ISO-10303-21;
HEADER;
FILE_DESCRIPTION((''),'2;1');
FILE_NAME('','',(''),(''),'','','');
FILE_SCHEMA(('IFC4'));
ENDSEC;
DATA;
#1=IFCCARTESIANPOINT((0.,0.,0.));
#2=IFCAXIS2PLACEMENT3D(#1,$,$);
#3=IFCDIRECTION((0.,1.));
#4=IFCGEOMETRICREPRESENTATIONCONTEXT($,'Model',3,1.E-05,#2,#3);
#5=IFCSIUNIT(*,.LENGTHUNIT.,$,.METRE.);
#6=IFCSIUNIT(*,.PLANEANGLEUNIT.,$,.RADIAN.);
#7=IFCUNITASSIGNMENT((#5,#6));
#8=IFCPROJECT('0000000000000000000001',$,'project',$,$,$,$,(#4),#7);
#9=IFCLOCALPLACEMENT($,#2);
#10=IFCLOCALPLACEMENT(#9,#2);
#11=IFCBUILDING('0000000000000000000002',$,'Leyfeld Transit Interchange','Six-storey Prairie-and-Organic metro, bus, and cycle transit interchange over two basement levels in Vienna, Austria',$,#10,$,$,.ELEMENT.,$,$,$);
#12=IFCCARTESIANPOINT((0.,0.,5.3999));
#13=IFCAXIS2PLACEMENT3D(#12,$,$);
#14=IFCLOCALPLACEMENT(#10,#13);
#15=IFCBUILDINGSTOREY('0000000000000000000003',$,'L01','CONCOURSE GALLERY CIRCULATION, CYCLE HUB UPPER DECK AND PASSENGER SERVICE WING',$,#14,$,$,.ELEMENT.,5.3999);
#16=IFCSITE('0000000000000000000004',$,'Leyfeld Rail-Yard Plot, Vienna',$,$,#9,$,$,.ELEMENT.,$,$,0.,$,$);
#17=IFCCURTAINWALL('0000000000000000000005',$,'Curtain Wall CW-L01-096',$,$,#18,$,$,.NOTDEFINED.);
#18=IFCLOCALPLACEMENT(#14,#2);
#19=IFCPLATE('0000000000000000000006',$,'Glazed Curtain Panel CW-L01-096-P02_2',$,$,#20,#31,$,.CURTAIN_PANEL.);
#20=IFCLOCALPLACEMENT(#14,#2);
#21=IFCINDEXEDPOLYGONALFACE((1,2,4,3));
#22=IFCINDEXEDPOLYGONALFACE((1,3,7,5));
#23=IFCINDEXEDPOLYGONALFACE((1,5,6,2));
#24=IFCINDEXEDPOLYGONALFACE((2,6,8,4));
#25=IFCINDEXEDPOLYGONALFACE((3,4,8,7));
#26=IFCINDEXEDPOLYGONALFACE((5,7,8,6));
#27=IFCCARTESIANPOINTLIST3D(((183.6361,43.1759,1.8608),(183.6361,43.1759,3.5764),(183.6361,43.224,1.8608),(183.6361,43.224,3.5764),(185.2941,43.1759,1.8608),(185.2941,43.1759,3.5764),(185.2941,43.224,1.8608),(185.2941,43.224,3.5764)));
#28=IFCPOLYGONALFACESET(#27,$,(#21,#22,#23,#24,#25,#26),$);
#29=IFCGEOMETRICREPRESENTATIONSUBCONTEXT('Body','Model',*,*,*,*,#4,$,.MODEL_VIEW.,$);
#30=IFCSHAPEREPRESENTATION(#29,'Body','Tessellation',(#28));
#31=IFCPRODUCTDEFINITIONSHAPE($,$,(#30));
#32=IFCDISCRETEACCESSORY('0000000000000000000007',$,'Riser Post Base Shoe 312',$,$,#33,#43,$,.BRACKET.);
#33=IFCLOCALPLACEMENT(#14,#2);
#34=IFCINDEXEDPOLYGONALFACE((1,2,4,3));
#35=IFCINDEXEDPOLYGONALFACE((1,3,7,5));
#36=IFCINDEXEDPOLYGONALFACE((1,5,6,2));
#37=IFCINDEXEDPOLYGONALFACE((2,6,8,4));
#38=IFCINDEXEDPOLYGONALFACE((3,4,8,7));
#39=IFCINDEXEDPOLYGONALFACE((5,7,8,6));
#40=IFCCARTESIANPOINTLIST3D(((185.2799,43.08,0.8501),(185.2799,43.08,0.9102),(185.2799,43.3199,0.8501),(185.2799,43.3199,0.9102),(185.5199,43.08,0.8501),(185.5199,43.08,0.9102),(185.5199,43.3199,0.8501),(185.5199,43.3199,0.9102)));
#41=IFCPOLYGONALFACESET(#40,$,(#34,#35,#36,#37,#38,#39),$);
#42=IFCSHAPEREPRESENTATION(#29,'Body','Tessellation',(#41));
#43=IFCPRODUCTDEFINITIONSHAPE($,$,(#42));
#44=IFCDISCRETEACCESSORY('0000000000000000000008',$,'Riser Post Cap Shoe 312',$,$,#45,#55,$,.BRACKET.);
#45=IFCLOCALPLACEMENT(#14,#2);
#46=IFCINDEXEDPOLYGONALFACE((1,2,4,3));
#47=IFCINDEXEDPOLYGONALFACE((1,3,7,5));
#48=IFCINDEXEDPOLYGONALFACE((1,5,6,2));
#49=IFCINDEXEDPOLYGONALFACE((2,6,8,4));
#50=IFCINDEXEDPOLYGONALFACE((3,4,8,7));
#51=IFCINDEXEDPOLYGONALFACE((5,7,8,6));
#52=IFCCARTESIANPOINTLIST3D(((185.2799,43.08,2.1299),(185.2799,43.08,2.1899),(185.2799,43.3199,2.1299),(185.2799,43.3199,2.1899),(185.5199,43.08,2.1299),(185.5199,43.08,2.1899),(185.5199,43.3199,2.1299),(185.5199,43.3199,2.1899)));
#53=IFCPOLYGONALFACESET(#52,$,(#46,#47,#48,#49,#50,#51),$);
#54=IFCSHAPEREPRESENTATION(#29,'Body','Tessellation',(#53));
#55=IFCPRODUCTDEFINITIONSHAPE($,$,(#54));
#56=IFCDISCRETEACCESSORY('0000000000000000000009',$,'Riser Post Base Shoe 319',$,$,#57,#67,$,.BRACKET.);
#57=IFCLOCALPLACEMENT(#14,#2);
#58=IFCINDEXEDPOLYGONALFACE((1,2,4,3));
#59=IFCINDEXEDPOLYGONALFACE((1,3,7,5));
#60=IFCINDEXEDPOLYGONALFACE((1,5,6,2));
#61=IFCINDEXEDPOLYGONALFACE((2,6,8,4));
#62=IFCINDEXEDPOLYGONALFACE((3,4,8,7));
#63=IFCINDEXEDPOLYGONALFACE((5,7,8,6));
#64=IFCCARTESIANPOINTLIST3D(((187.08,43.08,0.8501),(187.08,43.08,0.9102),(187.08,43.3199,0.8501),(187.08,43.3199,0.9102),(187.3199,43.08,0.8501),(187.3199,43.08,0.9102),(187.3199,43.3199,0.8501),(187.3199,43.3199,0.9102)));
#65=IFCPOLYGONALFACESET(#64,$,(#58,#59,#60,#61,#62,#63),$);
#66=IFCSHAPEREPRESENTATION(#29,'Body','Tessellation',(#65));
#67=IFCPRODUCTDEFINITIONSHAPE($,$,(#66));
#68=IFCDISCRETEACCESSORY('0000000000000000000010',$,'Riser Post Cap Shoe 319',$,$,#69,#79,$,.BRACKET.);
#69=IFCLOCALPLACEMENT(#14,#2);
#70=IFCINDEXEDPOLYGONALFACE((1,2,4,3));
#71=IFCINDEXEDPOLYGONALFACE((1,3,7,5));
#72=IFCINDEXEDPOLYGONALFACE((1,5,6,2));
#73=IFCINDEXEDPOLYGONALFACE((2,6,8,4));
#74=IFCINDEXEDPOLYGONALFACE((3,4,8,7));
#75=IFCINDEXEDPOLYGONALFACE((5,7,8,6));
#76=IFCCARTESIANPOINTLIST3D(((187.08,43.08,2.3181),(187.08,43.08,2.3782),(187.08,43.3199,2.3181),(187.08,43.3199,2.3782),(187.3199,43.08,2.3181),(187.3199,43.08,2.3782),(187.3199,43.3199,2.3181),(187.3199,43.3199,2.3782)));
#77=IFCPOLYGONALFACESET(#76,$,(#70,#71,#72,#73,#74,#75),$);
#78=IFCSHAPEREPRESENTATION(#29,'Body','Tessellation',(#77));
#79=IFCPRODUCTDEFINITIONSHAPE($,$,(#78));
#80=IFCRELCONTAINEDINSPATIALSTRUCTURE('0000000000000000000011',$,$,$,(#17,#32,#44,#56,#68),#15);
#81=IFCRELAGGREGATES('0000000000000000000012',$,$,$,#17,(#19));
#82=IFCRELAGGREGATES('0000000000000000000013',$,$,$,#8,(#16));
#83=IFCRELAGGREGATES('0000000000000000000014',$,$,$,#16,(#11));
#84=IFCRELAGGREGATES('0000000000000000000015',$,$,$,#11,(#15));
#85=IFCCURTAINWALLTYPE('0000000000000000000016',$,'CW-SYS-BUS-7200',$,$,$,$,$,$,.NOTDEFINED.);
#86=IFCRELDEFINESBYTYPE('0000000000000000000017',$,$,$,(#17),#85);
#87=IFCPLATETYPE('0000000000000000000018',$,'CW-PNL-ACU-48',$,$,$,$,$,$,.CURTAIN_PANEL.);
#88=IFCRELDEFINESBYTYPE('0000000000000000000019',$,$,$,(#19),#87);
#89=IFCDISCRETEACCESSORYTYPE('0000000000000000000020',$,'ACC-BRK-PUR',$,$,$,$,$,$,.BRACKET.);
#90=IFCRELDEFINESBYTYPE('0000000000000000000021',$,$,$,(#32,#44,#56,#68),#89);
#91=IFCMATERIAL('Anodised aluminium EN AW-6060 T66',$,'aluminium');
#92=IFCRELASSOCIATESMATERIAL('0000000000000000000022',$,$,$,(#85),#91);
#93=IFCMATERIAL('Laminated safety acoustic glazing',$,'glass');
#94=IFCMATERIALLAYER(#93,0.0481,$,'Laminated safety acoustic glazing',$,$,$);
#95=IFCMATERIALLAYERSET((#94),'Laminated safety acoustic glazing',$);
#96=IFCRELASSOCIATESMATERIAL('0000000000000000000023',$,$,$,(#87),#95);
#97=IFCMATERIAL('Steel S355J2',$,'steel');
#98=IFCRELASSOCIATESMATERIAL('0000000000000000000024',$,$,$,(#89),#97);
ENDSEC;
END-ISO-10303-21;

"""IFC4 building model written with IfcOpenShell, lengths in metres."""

from ifc_helpers import new_model, si_unit, direction, frame, origin, origin_2d, place, context, subcontext, project, spatial, rectangle, extrude, material, layer, layer_set, type_object, element, aggregate, save


model = new_model("IFC4")

# Units and contexts
model_context = context("Model", 3, precision=1e-05, world=origin(), true_north=direction((0.0, 1.0)))
body_context = subcontext(model_context, "Body", "Model", "MODEL_VIEW")
ifc_project = project(units=[si_unit("LENGTHUNIT", "METRE"), si_unit("PLANEANGLEUNIT", "RADIAN")], contexts=[model_context])

# Site, building, storey
site_placement = place(None, origin())
site = spatial("IfcSite", under=ifc_project, at=site_placement, Name="Leyfeld Rail-Yard Plot, Vienna", CompositionType="ELEMENT", RefElevation=0.0)
building_placement = place(site_placement, origin())
building = spatial("IfcBuilding", under=site, at=building_placement, Name="Leyfeld Transit Interchange", Description="Six-storey Prairie-and-Organic metro, bus, and cycle transit interchange over two basement levels in Vienna, Austria", CompositionType="ELEMENT")
storey_placement = place(building_placement, frame((0.0, 0.0, 5.3999)))
storey = spatial("IfcBuildingStorey", under=building, at=storey_placement, Name="L01", Description="CONCOURSE GALLERY CIRCULATION, CYCLE HUB UPPER DECK AND PASSENGER SERVICE WING", CompositionType="ELEMENT", Elevation=5.3999)

# Shared definitions
ifc_material_1 = material(Name="Steel S355J2", Category="steel")

# Curtain wall
ifc_material_2 = material(Name="Anodised aluminium EN AW-6060 T66", Category="aluminium")
curtain_wall_type = type_object("IfcCurtainWallType", Name="CW-SYS-BUS-7200", PredefinedType="NOTDEFINED", material=ifc_material_2)
curtain_wall_1_placement = place(storey_placement, origin())
curtain_wall_1 = element("IfcCurtainWall", 1, at=curtain_wall_1_placement, inside=storey, type_object=curtain_wall_type, Name="Curtain Wall CW-L01-096", PredefinedType="NOTDEFINED")

# Plate
ifc_material_3 = material(Name="Laminated safety acoustic glazing", Category="glass")
ifc_layer = layer(ifc_material_3, 0.0481, Name="Laminated safety acoustic glazing")
ifc_layer_set = layer_set([ifc_layer], Name="Laminated safety acoustic glazing")
plate_type = type_object("IfcPlateType", Name="CW-PNL-ACU-48", PredefinedType="CURTAIN_PANEL", material=ifc_layer_set)
plate_1_placement = place(storey_placement, frame((184.4651, 43.2, 1.8608), z_axis=(0.0, 0.0, 1.0), x_axis=(-1.0, 0.0, 0.0)))
plate_1 = element("IfcPlate", 2, at=plate_1_placement, type_object=plate_type, Name="Glazed Curtain Panel CW-L01-096-P02_2", PredefinedType="CURTAIN_PANEL", context=body_context, shape_type="SweptSolid", body=[
    extrude(rectangle(XDim=1.658, YDim=0.0481, at=origin_2d()), origin(), (0.0, 0.0, 1.0), 1.7156),
])
aggregate(curtain_wall_1, [plate_1])

# Discrete accessories
discrete_accessory_type = type_object("IfcDiscreteAccessoryType", Name="ACC-BRK-PUR", PredefinedType="BRACKET", material=ifc_material_1)
for number, where, z_axis, x_axis, name in (
    (3, (185.3999, 43.2, 0.8501), (0.0, 0.0, 1.0), (1.0, 0.0, 0.0), "Riser Post Base Shoe 312"),
    (4, (185.3999, 43.2, 2.1299), (0.0, 0.0, 1.0), (1.0, 0.0, 0.0), "Riser Post Cap Shoe 312"),
    (5, (187.2, 43.2, 0.8501), (0.0, 0.0, 1.0), (1.0, 0.0, 0.0), "Riser Post Base Shoe 319"),
    (6, (187.2, 43.2, 2.3181), (0.0, 0.0, 1.0), (1.0, 0.0, 0.0), "Riser Post Cap Shoe 319"),
):
    element("IfcDiscreteAccessory", number, at=place(storey_placement, frame(where, z_axis=z_axis, x_axis=x_axis)), inside=storey, type_object=discrete_accessory_type, Name=name, PredefinedType="BRACKET", context=body_context, shape_type="SweptSolid", body=[
        extrude(rectangle(XDim=0.24, YDim=0.24, at=origin_2d()), origin(), (0.0, 0.0, 1.0), 0.0601),
    ])

save(model, "model.ifc")
